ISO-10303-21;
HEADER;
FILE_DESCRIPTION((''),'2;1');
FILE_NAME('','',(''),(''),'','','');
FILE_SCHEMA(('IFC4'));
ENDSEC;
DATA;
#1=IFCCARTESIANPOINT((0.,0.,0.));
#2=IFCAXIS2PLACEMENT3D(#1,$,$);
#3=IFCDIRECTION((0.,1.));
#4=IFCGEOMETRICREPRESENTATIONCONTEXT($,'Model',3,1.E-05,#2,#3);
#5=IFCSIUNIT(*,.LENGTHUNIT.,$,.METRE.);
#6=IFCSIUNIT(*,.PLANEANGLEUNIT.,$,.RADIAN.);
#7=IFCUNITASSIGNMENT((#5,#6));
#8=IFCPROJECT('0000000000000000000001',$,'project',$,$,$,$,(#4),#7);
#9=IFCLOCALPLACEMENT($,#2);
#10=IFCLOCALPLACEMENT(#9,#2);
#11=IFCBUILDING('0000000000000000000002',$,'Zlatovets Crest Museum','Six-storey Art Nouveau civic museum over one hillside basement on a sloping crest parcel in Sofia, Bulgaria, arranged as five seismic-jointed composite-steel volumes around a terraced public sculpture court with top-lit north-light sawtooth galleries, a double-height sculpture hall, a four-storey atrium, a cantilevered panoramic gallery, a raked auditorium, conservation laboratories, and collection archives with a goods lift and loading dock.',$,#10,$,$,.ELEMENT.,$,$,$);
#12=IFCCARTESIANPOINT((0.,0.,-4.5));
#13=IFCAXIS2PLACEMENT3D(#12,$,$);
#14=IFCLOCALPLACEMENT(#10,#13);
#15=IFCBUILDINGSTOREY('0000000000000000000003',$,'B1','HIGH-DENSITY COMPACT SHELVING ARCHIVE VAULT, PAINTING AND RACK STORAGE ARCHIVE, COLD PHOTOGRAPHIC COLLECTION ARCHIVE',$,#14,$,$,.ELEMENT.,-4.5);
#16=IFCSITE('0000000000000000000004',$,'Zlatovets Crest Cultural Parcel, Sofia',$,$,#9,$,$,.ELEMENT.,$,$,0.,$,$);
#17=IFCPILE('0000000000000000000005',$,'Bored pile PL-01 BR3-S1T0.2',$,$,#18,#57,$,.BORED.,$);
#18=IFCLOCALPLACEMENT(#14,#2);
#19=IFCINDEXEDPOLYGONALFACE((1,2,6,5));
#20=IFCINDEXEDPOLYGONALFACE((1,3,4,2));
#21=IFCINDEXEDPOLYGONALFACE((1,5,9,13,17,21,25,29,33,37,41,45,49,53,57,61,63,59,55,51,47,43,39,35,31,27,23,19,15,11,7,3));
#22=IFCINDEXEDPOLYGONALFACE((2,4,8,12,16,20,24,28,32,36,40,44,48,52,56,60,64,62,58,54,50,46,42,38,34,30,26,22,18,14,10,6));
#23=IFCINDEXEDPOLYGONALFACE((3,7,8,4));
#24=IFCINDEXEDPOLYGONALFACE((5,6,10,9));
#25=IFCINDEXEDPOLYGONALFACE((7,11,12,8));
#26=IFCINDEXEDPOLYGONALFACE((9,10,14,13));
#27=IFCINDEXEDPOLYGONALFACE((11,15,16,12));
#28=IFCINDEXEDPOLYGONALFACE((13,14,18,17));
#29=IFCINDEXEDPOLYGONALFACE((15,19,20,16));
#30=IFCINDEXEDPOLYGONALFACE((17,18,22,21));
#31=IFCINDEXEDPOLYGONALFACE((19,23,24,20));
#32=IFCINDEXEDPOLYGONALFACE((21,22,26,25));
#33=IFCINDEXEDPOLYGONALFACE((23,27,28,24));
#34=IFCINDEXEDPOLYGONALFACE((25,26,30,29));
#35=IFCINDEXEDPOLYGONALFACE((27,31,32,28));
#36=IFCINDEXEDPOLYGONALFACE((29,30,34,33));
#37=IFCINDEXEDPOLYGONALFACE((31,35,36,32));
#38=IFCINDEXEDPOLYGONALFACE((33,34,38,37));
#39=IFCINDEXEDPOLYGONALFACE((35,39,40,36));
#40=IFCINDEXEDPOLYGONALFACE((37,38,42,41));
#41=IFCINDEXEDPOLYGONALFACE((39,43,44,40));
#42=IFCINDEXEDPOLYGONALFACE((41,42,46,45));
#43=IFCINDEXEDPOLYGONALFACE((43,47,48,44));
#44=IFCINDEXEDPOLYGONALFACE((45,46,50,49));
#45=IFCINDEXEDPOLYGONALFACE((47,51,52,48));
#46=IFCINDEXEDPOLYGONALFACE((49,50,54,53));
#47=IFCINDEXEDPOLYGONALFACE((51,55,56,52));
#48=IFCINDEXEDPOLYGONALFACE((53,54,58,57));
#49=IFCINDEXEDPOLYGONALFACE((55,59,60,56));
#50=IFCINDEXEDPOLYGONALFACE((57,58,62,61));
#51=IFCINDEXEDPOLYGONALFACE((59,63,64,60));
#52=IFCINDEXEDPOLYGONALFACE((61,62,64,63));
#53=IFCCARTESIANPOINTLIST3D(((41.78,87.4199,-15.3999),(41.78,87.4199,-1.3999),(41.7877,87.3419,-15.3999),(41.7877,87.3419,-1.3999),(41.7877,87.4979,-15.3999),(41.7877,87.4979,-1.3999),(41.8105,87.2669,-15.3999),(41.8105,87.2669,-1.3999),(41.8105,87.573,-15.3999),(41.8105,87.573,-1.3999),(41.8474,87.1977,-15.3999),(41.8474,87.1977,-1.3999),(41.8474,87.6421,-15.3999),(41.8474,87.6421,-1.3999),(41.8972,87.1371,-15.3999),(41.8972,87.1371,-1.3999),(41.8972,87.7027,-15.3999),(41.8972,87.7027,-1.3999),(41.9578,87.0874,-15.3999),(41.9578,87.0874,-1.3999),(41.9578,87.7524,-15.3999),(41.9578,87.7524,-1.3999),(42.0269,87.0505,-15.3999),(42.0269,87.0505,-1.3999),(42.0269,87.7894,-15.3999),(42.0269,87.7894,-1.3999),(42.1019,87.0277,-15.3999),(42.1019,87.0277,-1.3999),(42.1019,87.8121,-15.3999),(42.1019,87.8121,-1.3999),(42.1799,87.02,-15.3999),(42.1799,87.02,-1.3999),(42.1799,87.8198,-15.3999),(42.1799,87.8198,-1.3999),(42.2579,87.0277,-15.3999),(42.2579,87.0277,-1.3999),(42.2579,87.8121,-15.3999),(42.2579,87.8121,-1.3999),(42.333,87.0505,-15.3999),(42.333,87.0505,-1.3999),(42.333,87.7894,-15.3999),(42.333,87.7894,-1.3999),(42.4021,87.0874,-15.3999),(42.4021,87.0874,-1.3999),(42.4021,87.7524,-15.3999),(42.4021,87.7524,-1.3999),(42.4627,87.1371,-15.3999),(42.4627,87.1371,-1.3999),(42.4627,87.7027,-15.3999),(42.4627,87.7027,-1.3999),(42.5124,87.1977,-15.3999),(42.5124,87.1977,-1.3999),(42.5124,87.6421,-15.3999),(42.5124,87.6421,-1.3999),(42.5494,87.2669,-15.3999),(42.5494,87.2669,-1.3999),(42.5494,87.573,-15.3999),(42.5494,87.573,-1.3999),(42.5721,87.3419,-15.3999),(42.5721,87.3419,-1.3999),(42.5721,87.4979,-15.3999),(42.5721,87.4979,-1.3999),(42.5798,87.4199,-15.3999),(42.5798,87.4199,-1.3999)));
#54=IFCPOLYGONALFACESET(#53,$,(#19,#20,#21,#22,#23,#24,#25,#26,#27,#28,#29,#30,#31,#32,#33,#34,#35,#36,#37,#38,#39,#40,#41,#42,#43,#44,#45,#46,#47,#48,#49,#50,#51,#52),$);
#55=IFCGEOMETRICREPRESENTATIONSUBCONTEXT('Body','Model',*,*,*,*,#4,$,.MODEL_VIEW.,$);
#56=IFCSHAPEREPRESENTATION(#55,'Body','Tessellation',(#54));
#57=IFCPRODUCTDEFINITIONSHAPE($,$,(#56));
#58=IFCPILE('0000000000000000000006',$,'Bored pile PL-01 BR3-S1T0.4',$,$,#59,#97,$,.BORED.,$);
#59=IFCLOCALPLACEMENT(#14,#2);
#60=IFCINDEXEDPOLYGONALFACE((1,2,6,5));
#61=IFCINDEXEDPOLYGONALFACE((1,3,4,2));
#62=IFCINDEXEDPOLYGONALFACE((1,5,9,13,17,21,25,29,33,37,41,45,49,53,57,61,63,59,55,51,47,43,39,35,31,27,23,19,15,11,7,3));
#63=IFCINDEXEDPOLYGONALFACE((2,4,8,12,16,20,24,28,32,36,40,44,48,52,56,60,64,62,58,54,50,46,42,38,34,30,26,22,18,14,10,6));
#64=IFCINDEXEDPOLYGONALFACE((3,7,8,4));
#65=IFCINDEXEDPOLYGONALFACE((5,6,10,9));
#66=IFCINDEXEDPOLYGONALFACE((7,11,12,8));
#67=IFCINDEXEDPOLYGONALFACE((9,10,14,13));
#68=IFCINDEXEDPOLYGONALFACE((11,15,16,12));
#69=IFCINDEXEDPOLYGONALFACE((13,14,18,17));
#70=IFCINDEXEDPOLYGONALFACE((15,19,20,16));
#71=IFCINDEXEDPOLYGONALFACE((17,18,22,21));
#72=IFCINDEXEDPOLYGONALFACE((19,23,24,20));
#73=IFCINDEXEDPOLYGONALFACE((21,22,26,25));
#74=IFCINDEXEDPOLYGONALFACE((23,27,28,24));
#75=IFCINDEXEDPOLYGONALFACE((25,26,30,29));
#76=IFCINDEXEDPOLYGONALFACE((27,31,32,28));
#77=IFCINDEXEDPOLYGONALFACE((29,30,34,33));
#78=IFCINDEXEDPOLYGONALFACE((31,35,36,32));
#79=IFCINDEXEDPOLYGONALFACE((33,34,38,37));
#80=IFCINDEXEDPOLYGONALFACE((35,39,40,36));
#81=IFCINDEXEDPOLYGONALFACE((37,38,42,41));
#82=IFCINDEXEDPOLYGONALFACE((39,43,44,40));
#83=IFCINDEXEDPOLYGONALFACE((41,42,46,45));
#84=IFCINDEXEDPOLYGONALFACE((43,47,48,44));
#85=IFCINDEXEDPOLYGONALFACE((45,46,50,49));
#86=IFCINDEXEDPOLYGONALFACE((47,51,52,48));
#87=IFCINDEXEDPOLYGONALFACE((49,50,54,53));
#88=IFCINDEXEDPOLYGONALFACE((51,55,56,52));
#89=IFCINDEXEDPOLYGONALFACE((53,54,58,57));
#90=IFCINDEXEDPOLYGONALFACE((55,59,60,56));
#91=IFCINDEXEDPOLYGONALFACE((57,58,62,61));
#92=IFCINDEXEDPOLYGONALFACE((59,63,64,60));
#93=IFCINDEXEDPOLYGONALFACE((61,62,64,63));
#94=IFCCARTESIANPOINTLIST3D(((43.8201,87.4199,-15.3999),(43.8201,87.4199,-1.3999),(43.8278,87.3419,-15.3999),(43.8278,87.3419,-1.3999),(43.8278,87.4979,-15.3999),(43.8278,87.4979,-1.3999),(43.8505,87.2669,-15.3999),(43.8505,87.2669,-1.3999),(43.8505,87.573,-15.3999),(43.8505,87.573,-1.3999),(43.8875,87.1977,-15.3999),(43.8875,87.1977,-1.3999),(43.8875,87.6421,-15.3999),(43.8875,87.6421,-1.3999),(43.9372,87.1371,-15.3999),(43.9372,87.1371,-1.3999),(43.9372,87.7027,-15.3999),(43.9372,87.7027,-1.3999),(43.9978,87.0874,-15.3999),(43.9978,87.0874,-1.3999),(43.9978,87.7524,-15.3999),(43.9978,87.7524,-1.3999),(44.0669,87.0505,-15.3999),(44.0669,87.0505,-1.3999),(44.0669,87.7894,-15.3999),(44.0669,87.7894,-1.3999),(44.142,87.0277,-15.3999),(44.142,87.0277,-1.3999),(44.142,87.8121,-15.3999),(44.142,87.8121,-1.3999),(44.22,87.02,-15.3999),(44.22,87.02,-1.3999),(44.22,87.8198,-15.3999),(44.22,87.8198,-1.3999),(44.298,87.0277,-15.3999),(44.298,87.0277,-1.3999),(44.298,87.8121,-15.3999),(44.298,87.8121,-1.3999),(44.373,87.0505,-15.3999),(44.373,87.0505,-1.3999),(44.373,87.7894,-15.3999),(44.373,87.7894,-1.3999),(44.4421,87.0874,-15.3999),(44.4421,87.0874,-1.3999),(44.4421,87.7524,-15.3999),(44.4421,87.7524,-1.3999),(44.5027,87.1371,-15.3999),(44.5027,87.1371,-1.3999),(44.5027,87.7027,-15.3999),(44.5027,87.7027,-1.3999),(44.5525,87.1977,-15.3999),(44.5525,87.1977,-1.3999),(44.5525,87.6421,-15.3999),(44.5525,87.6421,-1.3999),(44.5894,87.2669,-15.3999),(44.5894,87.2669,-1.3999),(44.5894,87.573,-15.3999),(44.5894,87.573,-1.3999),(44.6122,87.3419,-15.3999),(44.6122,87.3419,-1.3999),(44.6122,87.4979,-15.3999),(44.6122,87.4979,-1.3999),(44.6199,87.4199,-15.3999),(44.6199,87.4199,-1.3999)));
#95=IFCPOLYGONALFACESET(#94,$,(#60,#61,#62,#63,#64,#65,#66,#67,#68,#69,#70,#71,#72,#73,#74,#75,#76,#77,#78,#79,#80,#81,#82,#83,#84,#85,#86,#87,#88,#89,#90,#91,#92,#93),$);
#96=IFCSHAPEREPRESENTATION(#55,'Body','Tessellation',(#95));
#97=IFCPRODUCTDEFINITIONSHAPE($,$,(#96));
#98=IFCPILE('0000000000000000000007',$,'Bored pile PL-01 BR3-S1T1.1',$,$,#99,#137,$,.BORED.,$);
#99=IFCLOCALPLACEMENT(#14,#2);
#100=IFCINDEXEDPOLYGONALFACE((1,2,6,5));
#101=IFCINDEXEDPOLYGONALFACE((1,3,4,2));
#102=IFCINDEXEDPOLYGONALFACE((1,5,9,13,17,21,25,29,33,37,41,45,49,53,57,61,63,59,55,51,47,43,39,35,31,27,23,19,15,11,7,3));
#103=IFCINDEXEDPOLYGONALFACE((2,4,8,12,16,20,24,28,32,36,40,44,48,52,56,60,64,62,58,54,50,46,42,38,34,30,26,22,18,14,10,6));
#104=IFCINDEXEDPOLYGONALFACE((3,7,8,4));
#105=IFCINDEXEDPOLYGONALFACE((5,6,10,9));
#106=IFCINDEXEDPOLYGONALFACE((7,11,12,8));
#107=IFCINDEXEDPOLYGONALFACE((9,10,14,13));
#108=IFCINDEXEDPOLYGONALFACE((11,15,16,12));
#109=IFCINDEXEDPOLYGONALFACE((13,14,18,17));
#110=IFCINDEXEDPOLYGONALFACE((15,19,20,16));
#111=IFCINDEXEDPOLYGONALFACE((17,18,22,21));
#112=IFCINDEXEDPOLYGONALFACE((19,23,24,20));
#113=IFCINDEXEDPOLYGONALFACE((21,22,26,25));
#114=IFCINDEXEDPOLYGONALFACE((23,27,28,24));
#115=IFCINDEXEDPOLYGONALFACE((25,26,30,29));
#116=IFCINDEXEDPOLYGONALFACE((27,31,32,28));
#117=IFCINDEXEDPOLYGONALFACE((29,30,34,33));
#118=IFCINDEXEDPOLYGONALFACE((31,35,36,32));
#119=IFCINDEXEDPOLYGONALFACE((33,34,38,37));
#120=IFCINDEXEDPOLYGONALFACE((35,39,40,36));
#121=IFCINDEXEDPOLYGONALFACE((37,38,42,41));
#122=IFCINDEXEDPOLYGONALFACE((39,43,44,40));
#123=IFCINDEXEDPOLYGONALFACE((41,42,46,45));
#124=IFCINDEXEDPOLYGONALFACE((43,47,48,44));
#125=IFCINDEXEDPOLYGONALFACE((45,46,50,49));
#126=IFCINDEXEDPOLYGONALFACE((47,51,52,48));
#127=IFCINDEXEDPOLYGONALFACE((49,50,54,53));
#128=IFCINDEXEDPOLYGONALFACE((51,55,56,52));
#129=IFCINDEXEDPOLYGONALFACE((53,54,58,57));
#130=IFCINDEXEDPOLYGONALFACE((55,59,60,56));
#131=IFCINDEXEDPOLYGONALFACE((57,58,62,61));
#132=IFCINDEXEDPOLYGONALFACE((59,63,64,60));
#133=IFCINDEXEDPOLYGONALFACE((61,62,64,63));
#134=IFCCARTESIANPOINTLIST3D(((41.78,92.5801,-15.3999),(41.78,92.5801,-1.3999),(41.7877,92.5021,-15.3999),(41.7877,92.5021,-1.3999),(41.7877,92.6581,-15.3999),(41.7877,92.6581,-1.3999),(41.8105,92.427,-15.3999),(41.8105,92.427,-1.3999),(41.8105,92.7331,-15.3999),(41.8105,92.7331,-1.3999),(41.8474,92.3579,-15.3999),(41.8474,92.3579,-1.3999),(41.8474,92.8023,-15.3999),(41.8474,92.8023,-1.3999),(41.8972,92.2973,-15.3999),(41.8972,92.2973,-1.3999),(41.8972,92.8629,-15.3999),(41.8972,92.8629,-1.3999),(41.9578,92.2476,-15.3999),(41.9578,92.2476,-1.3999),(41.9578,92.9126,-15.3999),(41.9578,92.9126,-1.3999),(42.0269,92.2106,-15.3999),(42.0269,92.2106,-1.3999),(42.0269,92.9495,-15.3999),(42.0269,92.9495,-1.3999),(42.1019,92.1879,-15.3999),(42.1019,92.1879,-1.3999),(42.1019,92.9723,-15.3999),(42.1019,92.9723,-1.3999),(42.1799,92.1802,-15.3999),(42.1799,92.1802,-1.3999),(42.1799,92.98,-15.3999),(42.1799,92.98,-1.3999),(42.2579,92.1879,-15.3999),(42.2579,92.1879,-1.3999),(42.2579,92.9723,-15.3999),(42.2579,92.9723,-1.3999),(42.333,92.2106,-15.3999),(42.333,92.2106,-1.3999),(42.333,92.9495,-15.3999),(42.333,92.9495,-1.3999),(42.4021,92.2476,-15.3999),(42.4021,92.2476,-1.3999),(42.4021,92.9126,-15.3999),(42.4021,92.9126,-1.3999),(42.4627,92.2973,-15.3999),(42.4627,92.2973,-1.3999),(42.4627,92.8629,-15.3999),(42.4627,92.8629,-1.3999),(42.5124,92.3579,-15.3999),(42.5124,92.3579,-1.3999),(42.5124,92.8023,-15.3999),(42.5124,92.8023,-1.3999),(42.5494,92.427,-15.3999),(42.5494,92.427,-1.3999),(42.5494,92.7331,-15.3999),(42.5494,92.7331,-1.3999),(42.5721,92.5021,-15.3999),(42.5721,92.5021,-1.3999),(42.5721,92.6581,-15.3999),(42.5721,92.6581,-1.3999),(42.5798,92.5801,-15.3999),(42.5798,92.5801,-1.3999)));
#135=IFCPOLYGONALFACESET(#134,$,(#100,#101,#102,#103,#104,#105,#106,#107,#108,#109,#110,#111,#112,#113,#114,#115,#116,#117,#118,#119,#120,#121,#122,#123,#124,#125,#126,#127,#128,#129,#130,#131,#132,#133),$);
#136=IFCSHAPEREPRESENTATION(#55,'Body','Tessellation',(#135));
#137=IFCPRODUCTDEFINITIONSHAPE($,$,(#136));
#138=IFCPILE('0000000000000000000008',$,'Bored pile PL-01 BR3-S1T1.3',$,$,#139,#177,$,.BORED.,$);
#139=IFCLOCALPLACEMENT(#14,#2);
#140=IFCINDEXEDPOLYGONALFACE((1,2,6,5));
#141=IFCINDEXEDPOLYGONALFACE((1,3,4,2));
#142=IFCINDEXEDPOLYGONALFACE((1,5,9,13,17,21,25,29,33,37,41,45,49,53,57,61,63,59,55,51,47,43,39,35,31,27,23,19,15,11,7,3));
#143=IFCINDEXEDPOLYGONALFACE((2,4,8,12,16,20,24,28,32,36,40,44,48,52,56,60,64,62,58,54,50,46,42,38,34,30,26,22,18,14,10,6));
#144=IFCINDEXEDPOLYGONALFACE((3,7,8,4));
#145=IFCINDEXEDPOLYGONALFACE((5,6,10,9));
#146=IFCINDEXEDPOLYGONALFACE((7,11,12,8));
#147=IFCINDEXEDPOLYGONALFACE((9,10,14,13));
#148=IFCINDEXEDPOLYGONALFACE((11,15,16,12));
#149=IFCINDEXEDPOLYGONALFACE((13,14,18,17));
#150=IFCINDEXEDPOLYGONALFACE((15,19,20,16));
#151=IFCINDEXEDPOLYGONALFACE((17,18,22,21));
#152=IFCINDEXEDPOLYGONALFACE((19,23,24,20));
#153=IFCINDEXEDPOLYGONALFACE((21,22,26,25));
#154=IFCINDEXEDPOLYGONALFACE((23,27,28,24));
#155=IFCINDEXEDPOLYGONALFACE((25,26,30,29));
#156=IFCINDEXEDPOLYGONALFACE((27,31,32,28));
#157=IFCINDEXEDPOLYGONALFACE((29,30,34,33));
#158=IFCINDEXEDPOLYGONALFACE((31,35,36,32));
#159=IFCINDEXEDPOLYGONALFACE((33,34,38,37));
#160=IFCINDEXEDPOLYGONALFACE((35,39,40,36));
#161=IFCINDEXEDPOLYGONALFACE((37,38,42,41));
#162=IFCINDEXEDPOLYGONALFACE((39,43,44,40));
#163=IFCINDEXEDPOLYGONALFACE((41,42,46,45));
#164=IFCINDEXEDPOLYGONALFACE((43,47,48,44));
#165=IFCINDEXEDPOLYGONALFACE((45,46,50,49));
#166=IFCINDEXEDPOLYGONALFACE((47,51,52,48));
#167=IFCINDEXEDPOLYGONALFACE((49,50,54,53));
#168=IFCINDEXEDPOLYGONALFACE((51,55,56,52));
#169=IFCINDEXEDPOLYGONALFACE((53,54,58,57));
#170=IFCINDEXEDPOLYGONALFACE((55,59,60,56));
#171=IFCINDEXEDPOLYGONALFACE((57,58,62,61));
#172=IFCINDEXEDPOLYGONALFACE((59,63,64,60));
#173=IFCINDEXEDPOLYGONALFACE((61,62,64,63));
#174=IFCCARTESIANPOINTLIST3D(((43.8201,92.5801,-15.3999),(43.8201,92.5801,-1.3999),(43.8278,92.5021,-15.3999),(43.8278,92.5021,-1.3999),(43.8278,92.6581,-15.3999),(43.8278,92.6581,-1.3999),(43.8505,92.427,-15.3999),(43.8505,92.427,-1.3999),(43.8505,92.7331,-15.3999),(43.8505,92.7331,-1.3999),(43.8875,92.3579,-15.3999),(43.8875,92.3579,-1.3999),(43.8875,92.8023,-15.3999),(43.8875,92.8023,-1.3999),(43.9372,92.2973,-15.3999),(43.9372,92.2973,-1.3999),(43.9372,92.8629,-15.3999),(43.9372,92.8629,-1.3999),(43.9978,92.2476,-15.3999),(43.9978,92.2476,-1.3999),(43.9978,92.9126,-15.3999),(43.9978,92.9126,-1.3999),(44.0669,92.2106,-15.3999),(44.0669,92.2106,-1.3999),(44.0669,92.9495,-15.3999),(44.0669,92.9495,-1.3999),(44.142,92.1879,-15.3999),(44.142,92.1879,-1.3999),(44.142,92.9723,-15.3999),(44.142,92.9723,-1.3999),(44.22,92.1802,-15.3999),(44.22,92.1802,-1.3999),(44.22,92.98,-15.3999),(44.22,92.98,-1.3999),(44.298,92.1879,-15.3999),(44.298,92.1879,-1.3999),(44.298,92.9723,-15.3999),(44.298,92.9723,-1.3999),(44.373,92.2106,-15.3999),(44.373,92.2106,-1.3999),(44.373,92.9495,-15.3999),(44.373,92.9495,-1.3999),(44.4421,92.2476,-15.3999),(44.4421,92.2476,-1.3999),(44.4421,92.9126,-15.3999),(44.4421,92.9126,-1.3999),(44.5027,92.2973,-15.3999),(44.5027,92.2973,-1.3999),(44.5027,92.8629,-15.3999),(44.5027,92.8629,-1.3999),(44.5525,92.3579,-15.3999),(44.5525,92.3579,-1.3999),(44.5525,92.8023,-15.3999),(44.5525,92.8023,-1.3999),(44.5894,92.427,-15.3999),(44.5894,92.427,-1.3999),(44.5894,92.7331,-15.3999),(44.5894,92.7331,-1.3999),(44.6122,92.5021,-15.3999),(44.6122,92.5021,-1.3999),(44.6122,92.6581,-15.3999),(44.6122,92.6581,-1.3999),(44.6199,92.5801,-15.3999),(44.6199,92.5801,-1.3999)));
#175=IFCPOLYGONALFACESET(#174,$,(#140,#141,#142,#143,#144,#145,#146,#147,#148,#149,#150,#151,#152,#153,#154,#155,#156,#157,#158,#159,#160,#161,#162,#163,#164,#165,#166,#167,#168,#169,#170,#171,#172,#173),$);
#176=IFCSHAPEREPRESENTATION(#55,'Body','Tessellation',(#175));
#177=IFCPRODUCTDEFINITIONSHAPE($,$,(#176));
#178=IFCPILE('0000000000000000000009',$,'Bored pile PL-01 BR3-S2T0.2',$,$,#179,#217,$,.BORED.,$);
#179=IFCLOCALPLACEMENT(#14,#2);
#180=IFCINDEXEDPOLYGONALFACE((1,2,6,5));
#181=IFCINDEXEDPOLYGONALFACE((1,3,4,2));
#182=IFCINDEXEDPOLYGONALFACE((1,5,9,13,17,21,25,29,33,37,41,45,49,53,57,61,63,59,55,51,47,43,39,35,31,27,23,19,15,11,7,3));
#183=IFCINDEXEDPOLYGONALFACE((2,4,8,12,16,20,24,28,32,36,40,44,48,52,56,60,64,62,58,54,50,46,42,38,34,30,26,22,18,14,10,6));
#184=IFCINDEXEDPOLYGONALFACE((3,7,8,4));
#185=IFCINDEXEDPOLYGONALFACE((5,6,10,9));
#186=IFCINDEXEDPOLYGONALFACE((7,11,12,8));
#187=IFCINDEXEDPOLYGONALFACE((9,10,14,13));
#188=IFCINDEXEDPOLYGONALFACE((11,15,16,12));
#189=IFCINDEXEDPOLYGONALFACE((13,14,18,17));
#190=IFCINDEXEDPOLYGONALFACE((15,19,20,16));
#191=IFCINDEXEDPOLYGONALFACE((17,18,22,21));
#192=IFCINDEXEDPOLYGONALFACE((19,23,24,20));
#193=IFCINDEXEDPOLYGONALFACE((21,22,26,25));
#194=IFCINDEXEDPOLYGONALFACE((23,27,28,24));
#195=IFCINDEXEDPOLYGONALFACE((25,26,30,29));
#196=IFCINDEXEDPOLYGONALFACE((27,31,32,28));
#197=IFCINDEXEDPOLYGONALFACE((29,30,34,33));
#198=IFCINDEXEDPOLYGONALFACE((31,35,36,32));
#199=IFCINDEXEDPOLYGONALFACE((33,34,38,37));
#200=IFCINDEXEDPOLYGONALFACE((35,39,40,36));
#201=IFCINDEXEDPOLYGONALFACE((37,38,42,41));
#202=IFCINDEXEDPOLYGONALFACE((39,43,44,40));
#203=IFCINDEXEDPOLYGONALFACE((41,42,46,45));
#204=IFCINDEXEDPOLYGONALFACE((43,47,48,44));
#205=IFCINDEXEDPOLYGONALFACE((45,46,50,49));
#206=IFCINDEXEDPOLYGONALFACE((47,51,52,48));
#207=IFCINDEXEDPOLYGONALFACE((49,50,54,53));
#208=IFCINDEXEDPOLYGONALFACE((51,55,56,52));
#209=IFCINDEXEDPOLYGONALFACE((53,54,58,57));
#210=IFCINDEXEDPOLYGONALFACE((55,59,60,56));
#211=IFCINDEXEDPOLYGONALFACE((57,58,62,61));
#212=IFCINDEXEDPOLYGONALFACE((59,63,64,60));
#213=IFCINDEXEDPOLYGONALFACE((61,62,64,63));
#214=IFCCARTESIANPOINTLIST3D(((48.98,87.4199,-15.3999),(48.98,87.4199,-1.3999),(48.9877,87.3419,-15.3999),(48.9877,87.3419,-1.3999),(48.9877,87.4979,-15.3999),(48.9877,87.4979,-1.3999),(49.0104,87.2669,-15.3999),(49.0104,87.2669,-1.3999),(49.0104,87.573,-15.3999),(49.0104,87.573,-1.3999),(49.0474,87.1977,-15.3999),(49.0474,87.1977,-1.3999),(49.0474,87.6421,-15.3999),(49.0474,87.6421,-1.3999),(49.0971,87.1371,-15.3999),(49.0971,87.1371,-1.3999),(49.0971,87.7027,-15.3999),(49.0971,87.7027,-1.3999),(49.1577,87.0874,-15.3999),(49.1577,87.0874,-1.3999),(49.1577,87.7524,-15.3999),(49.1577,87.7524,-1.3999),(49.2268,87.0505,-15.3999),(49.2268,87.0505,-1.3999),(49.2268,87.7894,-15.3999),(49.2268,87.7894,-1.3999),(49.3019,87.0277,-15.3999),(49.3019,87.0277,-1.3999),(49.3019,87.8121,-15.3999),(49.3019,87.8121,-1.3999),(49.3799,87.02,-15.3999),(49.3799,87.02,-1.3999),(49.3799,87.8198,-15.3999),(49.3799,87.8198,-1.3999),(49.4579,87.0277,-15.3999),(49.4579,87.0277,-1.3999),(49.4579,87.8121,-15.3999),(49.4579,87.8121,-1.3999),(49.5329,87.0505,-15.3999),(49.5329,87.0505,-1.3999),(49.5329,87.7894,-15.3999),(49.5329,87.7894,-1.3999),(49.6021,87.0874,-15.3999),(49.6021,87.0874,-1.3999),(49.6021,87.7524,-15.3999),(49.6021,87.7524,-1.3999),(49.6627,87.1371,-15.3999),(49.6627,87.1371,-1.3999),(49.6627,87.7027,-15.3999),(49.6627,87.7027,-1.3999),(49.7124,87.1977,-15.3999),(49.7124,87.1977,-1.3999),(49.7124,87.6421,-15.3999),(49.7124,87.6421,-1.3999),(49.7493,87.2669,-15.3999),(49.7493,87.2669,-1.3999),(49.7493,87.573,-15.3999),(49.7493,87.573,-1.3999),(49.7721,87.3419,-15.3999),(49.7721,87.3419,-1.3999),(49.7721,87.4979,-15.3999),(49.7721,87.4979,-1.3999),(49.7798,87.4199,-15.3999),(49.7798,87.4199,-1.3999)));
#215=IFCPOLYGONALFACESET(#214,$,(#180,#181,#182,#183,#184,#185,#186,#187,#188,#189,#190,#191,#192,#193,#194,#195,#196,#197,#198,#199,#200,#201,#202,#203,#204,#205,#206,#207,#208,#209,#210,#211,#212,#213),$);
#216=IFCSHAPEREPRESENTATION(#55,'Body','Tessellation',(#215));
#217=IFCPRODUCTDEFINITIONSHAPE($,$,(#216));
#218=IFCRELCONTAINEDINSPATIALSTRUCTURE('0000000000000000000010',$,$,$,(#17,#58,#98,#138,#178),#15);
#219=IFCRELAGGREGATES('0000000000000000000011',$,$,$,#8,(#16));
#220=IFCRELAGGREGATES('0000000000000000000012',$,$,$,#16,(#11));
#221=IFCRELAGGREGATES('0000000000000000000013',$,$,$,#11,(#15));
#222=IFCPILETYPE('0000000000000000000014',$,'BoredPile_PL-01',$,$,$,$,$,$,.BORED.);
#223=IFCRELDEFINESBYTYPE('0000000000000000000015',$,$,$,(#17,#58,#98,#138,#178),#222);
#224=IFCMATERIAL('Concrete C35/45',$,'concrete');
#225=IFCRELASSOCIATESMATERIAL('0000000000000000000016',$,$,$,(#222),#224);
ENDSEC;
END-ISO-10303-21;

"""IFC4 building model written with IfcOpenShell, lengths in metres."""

from ifc_helpers import new_model, si_unit, direction, frame, origin, origin_2d, place, context, subcontext, project, spatial, circle, extrude, material, material_profile, profile_set, type_object, element, save


model = new_model("IFC4")

# Units and contexts
model_context = context("Model", 3, precision=1e-05, world=origin(), true_north=direction((0.0, 1.0)))
body_context = subcontext(model_context, "Body", "Model", "MODEL_VIEW")
ifc_project = project(units=[si_unit("LENGTHUNIT", "METRE"), si_unit("PLANEANGLEUNIT", "RADIAN")], contexts=[model_context])

# Site, building, storey
site_placement = place(None, origin())
site = spatial("IfcSite", under=ifc_project, at=site_placement, Name="Zlatovets Crest Cultural Parcel, Sofia", CompositionType="ELEMENT", RefElevation=0.0)
building_placement = place(site_placement, origin())
building = spatial("IfcBuilding", under=site, at=building_placement, Name="Zlatovets Crest Museum", Description="Six-storey Art Nouveau civic museum over one hillside basement on a sloping crest parcel in Sofia, Bulgaria, arranged as five seismic-jointed composite-steel volumes around a terraced public sculpture court with top-lit north-light sawtooth galleries, a double-height sculpture hall, a four-storey atrium, a cantilevered panoramic gallery, a raked auditorium, conservation laboratories, and collection archives with a goods lift and loading dock.", CompositionType="ELEMENT")
storey_placement = place(building_placement, frame((0.0, 0.0, -4.5)))
storey = spatial("IfcBuildingStorey", under=building, at=storey_placement, Name="B1", Description="HIGH-DENSITY COMPACT SHELVING ARCHIVE VAULT, PAINTING AND RACK STORAGE ARCHIVE, COLD PHOTOGRAPHIC COLLECTION ARCHIVE", CompositionType="ELEMENT", Elevation=-4.5)

# Piles
ifc_material_1 = material(Name="Concrete C35/45", Category="concrete")
ifc_material_profile_1 = material_profile(ifc_material_1, circle(Radius=0.3999, at=origin_2d()), Name="PILE D800")
ifc_profile_set_1 = profile_set([ifc_material_profile_1], Name="Concrete C35/45")
pile_type_1 = type_object("IfcPileType", Name="BoredPile_PL-01", PredefinedType="BORED", material=ifc_profile_set_1)
for number, where, z_axis, x_axis, name in (
    (1, (42.1799, 87.4199, -1.3999), (0.0, 0.0, -1.0), (1.0, 0.0, 0.0), "Bored pile PL-01 BR3-S1T0.2"),
    (2, (44.22, 87.4199, -1.3999), (0.0, 0.0, -1.0), (1.0, 0.0, 0.0), "Bored pile PL-01 BR3-S1T0.4"),
    (3, (42.1799, 92.5801, -1.3999), (0.0, 0.0, -1.0), (1.0, 0.0, 0.0), "Bored pile PL-01 BR3-S1T1.1"),
    (4, (44.22, 92.5801, -1.3999), (0.0, 0.0, -1.0), (1.0, 0.0, 0.0), "Bored pile PL-01 BR3-S1T1.3"),
    (5, (49.3799, 87.4199, -1.3999), (0.0, 0.0, -1.0), (1.0, 0.0, 0.0), "Bored pile PL-01 BR3-S2T0.2"),
):
    element("IfcPile", number, at=place(storey_placement, frame(where, z_axis=z_axis, x_axis=x_axis)), inside=storey, type_object=pile_type_1, Name=name, PredefinedType="BORED", context=body_context, shape_type="SweptSolid", body=[
        extrude(circle(Radius=0.3999, at=origin_2d()), origin(), (0.0, 0.0, 1.0), 14.0),
    ])

save(model, "model.ifc")
